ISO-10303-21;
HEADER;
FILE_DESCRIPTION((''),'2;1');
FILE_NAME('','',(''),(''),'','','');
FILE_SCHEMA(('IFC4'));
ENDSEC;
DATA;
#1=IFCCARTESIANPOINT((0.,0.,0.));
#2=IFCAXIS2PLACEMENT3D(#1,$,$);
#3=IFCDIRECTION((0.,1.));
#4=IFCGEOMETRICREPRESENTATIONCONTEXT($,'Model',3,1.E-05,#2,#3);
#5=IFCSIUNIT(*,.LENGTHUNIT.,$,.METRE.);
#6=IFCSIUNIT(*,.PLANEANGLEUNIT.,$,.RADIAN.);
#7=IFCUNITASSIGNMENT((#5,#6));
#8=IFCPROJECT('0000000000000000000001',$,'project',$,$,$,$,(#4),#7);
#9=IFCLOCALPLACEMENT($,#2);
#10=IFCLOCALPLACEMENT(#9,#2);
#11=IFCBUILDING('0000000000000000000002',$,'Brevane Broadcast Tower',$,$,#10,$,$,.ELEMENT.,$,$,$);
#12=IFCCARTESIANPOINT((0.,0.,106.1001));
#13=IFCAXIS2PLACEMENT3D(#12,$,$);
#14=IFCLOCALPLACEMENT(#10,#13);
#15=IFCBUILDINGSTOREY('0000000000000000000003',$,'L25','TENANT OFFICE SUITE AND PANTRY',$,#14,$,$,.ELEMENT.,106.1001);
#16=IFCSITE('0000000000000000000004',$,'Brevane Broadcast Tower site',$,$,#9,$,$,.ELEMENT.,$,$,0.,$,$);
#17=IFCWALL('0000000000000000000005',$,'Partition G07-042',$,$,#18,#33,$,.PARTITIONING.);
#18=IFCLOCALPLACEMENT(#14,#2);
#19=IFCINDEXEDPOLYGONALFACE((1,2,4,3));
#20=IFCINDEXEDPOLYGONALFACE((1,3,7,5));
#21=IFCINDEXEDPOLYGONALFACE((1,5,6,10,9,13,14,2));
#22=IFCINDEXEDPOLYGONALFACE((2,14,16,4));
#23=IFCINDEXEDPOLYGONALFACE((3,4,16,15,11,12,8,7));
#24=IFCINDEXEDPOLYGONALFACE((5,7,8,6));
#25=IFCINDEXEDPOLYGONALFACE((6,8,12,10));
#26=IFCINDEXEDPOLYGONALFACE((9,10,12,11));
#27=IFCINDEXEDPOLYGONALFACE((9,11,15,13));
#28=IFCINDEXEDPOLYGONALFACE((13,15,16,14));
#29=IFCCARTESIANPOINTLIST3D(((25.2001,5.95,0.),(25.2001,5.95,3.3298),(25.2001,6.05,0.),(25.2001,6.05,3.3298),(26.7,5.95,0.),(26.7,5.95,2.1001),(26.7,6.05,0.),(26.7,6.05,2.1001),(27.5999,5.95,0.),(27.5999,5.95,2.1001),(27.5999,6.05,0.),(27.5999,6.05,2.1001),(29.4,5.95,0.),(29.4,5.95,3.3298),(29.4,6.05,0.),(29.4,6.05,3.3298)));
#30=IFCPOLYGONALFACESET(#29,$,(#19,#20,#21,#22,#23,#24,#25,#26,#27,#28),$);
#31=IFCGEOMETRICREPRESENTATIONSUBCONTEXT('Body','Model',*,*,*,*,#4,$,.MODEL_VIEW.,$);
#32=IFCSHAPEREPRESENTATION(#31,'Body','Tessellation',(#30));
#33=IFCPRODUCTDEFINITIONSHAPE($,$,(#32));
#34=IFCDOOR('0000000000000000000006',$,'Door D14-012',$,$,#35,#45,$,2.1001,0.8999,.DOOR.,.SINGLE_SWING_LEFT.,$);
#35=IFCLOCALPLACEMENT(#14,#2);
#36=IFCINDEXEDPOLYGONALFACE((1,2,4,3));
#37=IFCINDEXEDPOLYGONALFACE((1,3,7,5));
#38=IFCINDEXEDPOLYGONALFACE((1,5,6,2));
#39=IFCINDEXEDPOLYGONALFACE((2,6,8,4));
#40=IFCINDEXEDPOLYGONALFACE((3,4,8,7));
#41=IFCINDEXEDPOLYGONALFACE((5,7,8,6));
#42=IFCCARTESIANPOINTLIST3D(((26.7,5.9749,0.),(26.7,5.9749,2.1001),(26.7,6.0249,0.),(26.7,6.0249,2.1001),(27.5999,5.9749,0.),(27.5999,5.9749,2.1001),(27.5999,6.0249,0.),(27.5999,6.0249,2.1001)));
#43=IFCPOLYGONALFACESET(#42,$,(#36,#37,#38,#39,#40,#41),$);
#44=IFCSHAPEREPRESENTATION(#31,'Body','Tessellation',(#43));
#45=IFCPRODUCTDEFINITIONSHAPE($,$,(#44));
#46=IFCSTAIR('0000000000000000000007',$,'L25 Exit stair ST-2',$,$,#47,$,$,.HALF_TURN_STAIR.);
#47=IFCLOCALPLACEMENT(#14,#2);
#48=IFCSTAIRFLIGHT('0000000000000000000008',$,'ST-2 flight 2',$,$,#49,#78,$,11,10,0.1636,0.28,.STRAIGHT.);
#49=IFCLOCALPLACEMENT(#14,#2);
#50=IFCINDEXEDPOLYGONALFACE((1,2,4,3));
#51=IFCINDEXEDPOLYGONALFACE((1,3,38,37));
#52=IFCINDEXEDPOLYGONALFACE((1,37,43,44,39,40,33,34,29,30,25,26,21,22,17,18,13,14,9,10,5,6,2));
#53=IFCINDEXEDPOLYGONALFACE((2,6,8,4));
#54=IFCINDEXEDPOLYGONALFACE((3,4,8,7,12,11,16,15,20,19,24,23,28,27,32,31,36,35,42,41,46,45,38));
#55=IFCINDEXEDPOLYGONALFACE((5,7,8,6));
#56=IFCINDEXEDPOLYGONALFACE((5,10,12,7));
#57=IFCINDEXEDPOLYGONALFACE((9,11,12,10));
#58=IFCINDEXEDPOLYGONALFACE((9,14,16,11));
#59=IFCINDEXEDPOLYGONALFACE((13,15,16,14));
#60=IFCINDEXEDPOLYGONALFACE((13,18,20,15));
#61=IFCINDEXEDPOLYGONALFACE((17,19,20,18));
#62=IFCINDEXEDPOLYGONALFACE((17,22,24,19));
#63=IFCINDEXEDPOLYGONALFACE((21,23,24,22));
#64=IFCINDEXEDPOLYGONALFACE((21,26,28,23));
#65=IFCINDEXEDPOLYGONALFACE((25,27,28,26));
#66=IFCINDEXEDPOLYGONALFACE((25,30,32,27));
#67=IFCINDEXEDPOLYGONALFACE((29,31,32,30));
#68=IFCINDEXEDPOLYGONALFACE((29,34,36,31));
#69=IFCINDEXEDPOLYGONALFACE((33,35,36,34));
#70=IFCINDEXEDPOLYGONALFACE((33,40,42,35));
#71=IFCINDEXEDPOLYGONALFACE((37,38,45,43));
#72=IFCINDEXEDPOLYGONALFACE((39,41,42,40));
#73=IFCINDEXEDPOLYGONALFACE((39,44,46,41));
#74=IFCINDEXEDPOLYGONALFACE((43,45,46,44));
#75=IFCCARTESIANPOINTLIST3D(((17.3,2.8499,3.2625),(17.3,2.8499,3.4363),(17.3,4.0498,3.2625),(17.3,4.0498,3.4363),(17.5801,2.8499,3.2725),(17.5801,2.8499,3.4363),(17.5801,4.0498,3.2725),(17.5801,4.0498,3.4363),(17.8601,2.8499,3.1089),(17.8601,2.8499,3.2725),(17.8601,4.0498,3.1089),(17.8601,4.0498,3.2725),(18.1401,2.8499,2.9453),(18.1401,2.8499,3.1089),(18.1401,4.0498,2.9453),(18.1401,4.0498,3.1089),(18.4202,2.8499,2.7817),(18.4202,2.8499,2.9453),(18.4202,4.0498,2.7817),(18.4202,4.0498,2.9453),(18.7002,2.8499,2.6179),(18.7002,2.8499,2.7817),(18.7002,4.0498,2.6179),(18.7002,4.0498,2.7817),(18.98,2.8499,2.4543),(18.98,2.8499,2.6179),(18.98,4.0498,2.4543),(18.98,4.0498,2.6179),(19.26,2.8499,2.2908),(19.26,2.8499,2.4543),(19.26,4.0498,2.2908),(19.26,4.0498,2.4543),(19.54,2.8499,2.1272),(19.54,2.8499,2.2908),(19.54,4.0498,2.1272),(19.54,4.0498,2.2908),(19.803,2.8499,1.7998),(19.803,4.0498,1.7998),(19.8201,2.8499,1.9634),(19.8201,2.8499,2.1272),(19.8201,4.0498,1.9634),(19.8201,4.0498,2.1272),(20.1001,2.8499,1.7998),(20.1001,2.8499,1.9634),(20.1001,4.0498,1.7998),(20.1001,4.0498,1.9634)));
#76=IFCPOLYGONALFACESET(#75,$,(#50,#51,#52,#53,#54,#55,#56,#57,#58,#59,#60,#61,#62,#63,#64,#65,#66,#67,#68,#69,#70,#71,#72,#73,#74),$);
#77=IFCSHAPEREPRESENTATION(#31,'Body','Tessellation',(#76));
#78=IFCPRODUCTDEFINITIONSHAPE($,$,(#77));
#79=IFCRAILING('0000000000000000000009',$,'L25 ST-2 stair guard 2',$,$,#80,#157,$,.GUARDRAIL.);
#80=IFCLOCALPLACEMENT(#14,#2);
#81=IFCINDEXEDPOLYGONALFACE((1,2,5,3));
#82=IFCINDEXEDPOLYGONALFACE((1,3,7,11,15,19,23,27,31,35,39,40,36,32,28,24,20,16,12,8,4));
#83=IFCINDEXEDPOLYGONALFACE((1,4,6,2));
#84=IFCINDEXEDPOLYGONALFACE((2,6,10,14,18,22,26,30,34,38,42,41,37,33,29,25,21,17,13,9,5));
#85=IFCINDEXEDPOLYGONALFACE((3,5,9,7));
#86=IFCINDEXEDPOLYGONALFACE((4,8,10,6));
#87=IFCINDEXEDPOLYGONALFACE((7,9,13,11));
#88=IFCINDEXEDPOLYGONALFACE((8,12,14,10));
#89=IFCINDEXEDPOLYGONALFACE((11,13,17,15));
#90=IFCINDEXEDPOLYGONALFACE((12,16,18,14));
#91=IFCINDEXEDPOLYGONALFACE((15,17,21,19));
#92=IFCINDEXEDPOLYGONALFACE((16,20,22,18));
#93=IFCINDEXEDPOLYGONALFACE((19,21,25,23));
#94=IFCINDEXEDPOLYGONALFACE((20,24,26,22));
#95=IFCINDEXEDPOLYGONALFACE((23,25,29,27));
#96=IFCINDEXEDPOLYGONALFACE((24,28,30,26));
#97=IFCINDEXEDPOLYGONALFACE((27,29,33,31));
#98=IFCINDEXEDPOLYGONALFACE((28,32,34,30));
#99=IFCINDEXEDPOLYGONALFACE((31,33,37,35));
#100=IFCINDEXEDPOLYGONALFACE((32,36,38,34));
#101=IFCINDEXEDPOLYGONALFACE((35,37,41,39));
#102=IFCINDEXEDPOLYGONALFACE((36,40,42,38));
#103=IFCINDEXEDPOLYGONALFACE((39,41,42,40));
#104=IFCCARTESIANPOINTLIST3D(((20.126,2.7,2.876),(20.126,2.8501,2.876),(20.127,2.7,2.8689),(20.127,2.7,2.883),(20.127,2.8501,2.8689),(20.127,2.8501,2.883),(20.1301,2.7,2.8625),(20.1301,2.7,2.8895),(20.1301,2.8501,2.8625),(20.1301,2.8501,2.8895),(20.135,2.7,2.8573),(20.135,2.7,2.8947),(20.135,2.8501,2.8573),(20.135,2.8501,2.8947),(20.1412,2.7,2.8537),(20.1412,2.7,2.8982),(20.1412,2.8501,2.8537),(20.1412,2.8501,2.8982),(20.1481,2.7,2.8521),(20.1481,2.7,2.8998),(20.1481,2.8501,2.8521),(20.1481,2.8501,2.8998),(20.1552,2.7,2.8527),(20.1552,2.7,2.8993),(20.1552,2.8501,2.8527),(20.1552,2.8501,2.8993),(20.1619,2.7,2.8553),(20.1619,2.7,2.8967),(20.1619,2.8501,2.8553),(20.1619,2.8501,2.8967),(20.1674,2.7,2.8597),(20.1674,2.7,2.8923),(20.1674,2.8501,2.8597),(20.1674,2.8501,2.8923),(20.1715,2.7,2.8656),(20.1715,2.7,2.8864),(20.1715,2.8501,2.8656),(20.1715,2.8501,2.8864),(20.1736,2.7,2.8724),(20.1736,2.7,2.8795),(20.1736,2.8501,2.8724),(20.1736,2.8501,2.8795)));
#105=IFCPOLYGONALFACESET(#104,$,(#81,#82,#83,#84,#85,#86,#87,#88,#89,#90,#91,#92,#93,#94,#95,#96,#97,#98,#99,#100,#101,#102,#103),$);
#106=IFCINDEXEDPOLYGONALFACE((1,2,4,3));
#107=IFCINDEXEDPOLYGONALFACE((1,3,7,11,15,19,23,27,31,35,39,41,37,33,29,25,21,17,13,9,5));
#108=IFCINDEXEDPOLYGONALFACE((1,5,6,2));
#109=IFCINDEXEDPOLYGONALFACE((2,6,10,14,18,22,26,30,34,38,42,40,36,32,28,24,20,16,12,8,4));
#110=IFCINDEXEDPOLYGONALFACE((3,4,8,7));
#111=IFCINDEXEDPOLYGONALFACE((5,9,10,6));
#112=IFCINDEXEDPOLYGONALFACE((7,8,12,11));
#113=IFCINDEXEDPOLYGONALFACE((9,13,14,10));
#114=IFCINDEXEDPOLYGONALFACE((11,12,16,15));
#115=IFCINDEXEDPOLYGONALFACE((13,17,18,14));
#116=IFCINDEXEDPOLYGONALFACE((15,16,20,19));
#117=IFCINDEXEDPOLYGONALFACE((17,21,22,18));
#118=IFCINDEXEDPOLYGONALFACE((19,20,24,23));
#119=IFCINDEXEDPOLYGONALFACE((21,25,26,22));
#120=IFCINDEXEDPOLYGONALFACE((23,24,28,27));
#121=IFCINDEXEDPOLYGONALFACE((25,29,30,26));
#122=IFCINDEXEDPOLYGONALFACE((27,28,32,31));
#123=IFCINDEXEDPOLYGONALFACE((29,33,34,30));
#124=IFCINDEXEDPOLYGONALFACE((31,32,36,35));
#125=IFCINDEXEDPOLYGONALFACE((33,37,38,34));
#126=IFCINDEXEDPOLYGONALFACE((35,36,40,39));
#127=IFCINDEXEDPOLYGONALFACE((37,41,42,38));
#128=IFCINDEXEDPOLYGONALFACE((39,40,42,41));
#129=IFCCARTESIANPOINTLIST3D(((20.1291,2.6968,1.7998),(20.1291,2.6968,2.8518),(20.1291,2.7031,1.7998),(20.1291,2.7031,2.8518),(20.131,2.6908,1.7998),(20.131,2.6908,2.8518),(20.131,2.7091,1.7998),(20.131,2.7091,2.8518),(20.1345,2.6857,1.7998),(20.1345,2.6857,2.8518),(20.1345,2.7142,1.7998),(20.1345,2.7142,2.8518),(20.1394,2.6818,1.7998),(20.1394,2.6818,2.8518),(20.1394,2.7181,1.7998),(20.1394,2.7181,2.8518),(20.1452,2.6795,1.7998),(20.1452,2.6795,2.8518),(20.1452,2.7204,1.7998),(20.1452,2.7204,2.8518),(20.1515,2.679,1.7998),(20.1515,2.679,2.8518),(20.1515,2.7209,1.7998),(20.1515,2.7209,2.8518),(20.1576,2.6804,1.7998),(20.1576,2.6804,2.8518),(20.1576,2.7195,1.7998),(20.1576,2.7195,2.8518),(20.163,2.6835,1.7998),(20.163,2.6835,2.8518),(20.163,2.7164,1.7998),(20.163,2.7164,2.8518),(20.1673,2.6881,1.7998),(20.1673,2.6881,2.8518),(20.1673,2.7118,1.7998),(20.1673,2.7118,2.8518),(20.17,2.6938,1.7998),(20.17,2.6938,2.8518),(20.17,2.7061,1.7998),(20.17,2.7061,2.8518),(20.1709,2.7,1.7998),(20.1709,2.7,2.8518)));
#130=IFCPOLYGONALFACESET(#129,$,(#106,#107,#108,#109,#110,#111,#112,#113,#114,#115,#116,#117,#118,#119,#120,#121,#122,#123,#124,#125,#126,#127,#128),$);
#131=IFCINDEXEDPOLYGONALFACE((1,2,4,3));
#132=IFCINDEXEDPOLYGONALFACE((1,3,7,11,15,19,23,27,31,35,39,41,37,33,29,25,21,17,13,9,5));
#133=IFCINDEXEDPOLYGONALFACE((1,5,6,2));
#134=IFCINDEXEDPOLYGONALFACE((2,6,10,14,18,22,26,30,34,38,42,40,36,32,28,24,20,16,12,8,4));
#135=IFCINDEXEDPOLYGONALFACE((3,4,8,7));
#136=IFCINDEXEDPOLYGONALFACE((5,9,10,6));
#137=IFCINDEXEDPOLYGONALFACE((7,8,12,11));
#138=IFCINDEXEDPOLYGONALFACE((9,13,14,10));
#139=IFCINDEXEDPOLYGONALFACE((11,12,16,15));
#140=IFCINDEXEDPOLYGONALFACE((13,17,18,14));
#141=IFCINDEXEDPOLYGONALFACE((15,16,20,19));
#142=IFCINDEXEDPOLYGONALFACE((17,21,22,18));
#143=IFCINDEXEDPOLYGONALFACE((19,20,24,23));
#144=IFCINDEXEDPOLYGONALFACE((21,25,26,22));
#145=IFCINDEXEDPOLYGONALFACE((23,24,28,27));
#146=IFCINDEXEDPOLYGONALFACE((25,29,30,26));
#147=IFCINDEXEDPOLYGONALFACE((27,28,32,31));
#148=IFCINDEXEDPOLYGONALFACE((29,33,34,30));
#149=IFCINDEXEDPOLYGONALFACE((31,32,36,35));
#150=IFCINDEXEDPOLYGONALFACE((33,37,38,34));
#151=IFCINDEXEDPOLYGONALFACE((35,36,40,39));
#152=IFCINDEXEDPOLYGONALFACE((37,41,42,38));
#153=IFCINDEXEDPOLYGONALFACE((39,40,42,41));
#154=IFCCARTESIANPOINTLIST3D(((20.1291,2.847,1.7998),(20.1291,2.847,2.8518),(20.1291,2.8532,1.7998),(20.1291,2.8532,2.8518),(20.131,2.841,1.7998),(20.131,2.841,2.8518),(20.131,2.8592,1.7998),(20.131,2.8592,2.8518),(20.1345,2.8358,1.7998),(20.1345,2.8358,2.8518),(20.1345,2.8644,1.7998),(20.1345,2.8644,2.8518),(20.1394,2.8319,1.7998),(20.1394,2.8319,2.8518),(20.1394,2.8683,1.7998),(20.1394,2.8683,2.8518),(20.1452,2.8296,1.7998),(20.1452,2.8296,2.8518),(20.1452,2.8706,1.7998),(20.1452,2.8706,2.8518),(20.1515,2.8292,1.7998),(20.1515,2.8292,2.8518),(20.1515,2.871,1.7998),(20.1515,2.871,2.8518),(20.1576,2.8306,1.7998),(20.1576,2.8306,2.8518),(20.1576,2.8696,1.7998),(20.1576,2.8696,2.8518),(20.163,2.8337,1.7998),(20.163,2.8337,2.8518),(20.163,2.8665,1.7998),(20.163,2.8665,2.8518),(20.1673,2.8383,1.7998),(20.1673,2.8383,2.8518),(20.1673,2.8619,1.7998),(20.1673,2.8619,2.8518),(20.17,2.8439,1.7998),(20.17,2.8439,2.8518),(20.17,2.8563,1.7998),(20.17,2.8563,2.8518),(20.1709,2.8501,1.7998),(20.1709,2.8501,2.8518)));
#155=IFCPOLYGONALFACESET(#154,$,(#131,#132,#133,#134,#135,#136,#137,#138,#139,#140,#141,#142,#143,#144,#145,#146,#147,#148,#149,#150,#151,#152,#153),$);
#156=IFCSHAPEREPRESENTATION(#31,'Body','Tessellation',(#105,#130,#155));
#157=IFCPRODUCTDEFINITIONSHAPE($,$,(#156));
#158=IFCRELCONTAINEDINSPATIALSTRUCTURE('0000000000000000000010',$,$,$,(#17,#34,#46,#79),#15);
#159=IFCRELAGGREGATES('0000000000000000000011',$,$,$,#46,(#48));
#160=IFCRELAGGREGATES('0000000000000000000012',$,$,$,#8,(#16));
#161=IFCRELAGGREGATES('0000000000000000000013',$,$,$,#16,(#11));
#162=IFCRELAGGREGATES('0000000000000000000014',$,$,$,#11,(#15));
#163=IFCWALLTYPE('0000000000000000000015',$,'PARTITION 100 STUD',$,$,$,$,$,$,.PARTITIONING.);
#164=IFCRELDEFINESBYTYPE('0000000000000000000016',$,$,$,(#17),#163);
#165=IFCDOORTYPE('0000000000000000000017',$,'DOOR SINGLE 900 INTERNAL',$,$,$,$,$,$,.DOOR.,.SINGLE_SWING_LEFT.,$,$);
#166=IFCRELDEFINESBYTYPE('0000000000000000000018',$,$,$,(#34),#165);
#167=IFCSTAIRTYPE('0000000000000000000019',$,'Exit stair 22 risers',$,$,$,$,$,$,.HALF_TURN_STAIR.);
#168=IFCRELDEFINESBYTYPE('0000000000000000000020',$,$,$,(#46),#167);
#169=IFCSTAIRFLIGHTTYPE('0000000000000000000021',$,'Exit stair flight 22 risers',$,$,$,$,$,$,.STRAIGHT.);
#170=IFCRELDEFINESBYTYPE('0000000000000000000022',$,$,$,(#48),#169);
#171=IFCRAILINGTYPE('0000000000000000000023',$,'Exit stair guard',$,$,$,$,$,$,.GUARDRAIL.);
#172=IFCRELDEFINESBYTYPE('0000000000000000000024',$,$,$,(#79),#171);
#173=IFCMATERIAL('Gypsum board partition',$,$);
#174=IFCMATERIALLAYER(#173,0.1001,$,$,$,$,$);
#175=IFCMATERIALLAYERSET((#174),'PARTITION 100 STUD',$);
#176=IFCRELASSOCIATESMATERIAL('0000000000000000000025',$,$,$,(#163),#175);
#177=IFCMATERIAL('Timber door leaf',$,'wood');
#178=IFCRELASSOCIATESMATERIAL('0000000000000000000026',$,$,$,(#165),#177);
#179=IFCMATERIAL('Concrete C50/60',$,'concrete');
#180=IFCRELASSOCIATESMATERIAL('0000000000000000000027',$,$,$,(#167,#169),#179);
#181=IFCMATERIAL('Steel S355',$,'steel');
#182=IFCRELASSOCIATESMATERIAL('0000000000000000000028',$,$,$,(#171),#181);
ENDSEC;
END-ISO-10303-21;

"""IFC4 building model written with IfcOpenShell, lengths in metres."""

from ifc_helpers import new_model, si_unit, direction, frame, frame_2d, origin, origin_2d, place, context, subcontext, project, spatial, polyline, rectangle, circle, outline, extrude, material, layer, layer_set, type_object, element, fill, aggregate, save


model = new_model("IFC4")

# Units and contexts
model_context = context("Model", 3, precision=1e-05, world=origin(), true_north=direction((0.0, 1.0)))
body_context = subcontext(model_context, "Body", "Model", "MODEL_VIEW")
ifc_project = project(units=[si_unit("LENGTHUNIT", "METRE"), si_unit("PLANEANGLEUNIT", "RADIAN")], contexts=[model_context])

# Site, building, storey
site_placement = place(None, origin())
site = spatial("IfcSite", under=ifc_project, at=site_placement, Name="Brevane Broadcast Tower site", CompositionType="ELEMENT", RefElevation=0.0)
building_placement = place(site_placement, origin())
building = spatial("IfcBuilding", under=site, at=building_placement, Name="Brevane Broadcast Tower", CompositionType="ELEMENT")
storey_placement = place(building_placement, frame((0.0, 0.0, 106.1001)))
storey = spatial("IfcBuildingStorey", under=building, at=storey_placement, Name="L25", Description="TENANT OFFICE SUITE AND PANTRY", CompositionType="ELEMENT", Elevation=106.1001)

# Shared definitions
ifc_material_1 = material(Name="Gypsum board partition")
ifc_layer_1 = layer(ifc_material_1, 0.1001)
ifc_layer_set_1 = layer_set([ifc_layer_1], Name="PARTITION 100 STUD")
wall_type_1 = type_object("IfcWallType", Name="PARTITION 100 STUD", PredefinedType="PARTITIONING", material=ifc_layer_set_1)

# Wall, opening, door
wall_1_placement = place(storey_placement, frame((25.2, 6.0, 0.0), z_axis=(0.0, 0.0, 1.0), x_axis=(1.0, 0.0, 0.0)))
wall_1 = element("IfcWall", 1, at=wall_1_placement, inside=storey, type_object=wall_type_1, Name="Partition G07-042", PredefinedType="PARTITIONING", context=body_context, shape_type="SweptSolid", body=[
    extrude(rectangle(XDim=4.2, YDim=0.1001, at=frame_2d((2.1001, 0.0))), origin(), (0.0, 0.0, 1.0), 3.3298),
])
opening_1_placement = place(wall_1_placement, frame((1.5, 0.0, 0.0)))
opening_1 = element("IfcOpeningElement", 2, at=opening_1_placement, cuts=wall_1, PredefinedType="OPENING", context=body_context, shape_type="SweptSolid", body=[
    extrude(rectangle(XDim=0.8999, YDim=2.1001, at=frame_2d((0.45, 1.05))), frame((0.0, 0.0601, 0.0), z_axis=(0.0, -1.0, 0.0), x_axis=(1.0, 0.0, 0.0)), (0.0, 0.0, 1.0), 0.1201),
])
ifc_material_2 = material(Name="Timber door leaf", Category="wood")
door_type_1 = type_object("IfcDoorType", Name="DOOR SINGLE 900 INTERNAL", OperationType="SINGLE_SWING_LEFT", PredefinedType="DOOR", material=ifc_material_2)
door_1_placement = place(opening_1_placement, origin())
door_1 = element("IfcDoor", 3, at=door_1_placement, inside=storey, type_object=door_type_1, Name="Door D14-012", OperationType="SINGLE_SWING_LEFT", OverallHeight=2.1001, OverallWidth=0.8999, PredefinedType="DOOR", context=body_context, shape_type="SweptSolid", body=[
    extrude(rectangle(XDim=0.8999, YDim=2.1001, at=frame_2d((0.45, 1.05))), frame((0.0, 0.0249, 0.0), z_axis=(0.0, -1.0, 0.0), x_axis=(1.0, 0.0, 0.0)), (0.0, 0.0, 1.0), 0.05),
])
fill(opening_1, door_1)

# Stair, stair flight
ifc_material_3 = material(Name="Concrete C50/60", Category="concrete")
stair_type = type_object("IfcStairType", Name="Exit stair 22 risers", PredefinedType="HALF_TURN_STAIR", material=ifc_material_3)
stair_placement = place(storey_placement, origin())
stair = element("IfcStair", 4, at=stair_placement, inside=storey, type_object=stair_type, Name="L25 Exit stair ST-2", PredefinedType="HALF_TURN_STAIR")
stair_flight_type = type_object("IfcStairFlightType", Name="Exit stair flight 22 risers", PredefinedType="STRAIGHT", material=ifc_material_3)
stair_flight_placement = place(storey_placement, frame((20.1001, 3.45, 1.7998), z_axis=(0.0, 0.0, 1.0), x_axis=(-1.0, 0.0, 0.0)))
stair_flight = element("IfcStairFlight", 5, at=stair_flight_placement, type_object=stair_flight_type, Name="ST-2 flight 2", NumberOfRisers=11, NumberOfTreads=10, PredefinedType="STRAIGHT", RiserHeight=0.1636, TreadLength=0.28, context=body_context, shape_type="SweptSolid", body=[
    extrude(outline(polyline([(0.0, 0.0), (0.0, 0.1636), (0.28, 0.1636), (0.28, 0.3274), (0.5601, 0.3274), (0.5601, 0.491), (0.8401, 0.491), (0.8401, 0.6545), (1.1201, 0.6545), (1.1201, 0.8181), (1.3999, 0.8181), (1.3999, 0.9819), (1.6799, 0.9819), (1.6799, 1.1455), (1.96, 1.1455), (1.96, 1.3091), (2.24, 1.3091), (2.24, 1.4727), (2.52, 1.4727), (2.52, 1.6365), (2.8, 1.6365), (2.8, 1.8), (2.8, 1.4626), (0.2971, 0.0), (0.0, 0.0)])), frame((0.0, 0.6001, 0.0), z_axis=(0.0, -1.0, 0.0), x_axis=(1.0, 0.0, 0.0)), (0.0, 0.0, 1.0), 1.2),
])
aggregate(stair, [stair_flight])

# Railing
ifc_material_4 = material(Name="Steel S355", Category="steel")
railing_type_1 = type_object("IfcRailingType", Name="Exit stair guard", PredefinedType="GUARDRAIL", material=ifc_material_4)
railing_1_placement = place(storey_placement, frame((20.1499, 2.7, 1.7998)))
element("IfcRailing", 6, at=railing_1_placement, inside=storey, type_object=railing_type_1, Name="L25 ST-2 stair guard 2", PredefinedType="GUARDRAIL", context=body_context, shape_type="SweptSolid", body=[
    extrude(circle(Radius=0.0239, at=origin_2d()), frame((0.0, 0.0, 1.0762), z_axis=(0.0, 1.0, 0.0), x_axis=(-1.0, 0.0, 0.0)), (0.0, 0.0, 1.0), 0.1501),
    extrude(circle(Radius=0.021, at=origin_2d()), origin(), (0.0, 0.0, 1.0), 1.052),
    extrude(circle(Radius=0.021, at=origin_2d()), frame((0.0, 0.1501, 0.0)), (0.0, 0.0, 1.0), 1.052),
])

save(model, "model.ifc")
